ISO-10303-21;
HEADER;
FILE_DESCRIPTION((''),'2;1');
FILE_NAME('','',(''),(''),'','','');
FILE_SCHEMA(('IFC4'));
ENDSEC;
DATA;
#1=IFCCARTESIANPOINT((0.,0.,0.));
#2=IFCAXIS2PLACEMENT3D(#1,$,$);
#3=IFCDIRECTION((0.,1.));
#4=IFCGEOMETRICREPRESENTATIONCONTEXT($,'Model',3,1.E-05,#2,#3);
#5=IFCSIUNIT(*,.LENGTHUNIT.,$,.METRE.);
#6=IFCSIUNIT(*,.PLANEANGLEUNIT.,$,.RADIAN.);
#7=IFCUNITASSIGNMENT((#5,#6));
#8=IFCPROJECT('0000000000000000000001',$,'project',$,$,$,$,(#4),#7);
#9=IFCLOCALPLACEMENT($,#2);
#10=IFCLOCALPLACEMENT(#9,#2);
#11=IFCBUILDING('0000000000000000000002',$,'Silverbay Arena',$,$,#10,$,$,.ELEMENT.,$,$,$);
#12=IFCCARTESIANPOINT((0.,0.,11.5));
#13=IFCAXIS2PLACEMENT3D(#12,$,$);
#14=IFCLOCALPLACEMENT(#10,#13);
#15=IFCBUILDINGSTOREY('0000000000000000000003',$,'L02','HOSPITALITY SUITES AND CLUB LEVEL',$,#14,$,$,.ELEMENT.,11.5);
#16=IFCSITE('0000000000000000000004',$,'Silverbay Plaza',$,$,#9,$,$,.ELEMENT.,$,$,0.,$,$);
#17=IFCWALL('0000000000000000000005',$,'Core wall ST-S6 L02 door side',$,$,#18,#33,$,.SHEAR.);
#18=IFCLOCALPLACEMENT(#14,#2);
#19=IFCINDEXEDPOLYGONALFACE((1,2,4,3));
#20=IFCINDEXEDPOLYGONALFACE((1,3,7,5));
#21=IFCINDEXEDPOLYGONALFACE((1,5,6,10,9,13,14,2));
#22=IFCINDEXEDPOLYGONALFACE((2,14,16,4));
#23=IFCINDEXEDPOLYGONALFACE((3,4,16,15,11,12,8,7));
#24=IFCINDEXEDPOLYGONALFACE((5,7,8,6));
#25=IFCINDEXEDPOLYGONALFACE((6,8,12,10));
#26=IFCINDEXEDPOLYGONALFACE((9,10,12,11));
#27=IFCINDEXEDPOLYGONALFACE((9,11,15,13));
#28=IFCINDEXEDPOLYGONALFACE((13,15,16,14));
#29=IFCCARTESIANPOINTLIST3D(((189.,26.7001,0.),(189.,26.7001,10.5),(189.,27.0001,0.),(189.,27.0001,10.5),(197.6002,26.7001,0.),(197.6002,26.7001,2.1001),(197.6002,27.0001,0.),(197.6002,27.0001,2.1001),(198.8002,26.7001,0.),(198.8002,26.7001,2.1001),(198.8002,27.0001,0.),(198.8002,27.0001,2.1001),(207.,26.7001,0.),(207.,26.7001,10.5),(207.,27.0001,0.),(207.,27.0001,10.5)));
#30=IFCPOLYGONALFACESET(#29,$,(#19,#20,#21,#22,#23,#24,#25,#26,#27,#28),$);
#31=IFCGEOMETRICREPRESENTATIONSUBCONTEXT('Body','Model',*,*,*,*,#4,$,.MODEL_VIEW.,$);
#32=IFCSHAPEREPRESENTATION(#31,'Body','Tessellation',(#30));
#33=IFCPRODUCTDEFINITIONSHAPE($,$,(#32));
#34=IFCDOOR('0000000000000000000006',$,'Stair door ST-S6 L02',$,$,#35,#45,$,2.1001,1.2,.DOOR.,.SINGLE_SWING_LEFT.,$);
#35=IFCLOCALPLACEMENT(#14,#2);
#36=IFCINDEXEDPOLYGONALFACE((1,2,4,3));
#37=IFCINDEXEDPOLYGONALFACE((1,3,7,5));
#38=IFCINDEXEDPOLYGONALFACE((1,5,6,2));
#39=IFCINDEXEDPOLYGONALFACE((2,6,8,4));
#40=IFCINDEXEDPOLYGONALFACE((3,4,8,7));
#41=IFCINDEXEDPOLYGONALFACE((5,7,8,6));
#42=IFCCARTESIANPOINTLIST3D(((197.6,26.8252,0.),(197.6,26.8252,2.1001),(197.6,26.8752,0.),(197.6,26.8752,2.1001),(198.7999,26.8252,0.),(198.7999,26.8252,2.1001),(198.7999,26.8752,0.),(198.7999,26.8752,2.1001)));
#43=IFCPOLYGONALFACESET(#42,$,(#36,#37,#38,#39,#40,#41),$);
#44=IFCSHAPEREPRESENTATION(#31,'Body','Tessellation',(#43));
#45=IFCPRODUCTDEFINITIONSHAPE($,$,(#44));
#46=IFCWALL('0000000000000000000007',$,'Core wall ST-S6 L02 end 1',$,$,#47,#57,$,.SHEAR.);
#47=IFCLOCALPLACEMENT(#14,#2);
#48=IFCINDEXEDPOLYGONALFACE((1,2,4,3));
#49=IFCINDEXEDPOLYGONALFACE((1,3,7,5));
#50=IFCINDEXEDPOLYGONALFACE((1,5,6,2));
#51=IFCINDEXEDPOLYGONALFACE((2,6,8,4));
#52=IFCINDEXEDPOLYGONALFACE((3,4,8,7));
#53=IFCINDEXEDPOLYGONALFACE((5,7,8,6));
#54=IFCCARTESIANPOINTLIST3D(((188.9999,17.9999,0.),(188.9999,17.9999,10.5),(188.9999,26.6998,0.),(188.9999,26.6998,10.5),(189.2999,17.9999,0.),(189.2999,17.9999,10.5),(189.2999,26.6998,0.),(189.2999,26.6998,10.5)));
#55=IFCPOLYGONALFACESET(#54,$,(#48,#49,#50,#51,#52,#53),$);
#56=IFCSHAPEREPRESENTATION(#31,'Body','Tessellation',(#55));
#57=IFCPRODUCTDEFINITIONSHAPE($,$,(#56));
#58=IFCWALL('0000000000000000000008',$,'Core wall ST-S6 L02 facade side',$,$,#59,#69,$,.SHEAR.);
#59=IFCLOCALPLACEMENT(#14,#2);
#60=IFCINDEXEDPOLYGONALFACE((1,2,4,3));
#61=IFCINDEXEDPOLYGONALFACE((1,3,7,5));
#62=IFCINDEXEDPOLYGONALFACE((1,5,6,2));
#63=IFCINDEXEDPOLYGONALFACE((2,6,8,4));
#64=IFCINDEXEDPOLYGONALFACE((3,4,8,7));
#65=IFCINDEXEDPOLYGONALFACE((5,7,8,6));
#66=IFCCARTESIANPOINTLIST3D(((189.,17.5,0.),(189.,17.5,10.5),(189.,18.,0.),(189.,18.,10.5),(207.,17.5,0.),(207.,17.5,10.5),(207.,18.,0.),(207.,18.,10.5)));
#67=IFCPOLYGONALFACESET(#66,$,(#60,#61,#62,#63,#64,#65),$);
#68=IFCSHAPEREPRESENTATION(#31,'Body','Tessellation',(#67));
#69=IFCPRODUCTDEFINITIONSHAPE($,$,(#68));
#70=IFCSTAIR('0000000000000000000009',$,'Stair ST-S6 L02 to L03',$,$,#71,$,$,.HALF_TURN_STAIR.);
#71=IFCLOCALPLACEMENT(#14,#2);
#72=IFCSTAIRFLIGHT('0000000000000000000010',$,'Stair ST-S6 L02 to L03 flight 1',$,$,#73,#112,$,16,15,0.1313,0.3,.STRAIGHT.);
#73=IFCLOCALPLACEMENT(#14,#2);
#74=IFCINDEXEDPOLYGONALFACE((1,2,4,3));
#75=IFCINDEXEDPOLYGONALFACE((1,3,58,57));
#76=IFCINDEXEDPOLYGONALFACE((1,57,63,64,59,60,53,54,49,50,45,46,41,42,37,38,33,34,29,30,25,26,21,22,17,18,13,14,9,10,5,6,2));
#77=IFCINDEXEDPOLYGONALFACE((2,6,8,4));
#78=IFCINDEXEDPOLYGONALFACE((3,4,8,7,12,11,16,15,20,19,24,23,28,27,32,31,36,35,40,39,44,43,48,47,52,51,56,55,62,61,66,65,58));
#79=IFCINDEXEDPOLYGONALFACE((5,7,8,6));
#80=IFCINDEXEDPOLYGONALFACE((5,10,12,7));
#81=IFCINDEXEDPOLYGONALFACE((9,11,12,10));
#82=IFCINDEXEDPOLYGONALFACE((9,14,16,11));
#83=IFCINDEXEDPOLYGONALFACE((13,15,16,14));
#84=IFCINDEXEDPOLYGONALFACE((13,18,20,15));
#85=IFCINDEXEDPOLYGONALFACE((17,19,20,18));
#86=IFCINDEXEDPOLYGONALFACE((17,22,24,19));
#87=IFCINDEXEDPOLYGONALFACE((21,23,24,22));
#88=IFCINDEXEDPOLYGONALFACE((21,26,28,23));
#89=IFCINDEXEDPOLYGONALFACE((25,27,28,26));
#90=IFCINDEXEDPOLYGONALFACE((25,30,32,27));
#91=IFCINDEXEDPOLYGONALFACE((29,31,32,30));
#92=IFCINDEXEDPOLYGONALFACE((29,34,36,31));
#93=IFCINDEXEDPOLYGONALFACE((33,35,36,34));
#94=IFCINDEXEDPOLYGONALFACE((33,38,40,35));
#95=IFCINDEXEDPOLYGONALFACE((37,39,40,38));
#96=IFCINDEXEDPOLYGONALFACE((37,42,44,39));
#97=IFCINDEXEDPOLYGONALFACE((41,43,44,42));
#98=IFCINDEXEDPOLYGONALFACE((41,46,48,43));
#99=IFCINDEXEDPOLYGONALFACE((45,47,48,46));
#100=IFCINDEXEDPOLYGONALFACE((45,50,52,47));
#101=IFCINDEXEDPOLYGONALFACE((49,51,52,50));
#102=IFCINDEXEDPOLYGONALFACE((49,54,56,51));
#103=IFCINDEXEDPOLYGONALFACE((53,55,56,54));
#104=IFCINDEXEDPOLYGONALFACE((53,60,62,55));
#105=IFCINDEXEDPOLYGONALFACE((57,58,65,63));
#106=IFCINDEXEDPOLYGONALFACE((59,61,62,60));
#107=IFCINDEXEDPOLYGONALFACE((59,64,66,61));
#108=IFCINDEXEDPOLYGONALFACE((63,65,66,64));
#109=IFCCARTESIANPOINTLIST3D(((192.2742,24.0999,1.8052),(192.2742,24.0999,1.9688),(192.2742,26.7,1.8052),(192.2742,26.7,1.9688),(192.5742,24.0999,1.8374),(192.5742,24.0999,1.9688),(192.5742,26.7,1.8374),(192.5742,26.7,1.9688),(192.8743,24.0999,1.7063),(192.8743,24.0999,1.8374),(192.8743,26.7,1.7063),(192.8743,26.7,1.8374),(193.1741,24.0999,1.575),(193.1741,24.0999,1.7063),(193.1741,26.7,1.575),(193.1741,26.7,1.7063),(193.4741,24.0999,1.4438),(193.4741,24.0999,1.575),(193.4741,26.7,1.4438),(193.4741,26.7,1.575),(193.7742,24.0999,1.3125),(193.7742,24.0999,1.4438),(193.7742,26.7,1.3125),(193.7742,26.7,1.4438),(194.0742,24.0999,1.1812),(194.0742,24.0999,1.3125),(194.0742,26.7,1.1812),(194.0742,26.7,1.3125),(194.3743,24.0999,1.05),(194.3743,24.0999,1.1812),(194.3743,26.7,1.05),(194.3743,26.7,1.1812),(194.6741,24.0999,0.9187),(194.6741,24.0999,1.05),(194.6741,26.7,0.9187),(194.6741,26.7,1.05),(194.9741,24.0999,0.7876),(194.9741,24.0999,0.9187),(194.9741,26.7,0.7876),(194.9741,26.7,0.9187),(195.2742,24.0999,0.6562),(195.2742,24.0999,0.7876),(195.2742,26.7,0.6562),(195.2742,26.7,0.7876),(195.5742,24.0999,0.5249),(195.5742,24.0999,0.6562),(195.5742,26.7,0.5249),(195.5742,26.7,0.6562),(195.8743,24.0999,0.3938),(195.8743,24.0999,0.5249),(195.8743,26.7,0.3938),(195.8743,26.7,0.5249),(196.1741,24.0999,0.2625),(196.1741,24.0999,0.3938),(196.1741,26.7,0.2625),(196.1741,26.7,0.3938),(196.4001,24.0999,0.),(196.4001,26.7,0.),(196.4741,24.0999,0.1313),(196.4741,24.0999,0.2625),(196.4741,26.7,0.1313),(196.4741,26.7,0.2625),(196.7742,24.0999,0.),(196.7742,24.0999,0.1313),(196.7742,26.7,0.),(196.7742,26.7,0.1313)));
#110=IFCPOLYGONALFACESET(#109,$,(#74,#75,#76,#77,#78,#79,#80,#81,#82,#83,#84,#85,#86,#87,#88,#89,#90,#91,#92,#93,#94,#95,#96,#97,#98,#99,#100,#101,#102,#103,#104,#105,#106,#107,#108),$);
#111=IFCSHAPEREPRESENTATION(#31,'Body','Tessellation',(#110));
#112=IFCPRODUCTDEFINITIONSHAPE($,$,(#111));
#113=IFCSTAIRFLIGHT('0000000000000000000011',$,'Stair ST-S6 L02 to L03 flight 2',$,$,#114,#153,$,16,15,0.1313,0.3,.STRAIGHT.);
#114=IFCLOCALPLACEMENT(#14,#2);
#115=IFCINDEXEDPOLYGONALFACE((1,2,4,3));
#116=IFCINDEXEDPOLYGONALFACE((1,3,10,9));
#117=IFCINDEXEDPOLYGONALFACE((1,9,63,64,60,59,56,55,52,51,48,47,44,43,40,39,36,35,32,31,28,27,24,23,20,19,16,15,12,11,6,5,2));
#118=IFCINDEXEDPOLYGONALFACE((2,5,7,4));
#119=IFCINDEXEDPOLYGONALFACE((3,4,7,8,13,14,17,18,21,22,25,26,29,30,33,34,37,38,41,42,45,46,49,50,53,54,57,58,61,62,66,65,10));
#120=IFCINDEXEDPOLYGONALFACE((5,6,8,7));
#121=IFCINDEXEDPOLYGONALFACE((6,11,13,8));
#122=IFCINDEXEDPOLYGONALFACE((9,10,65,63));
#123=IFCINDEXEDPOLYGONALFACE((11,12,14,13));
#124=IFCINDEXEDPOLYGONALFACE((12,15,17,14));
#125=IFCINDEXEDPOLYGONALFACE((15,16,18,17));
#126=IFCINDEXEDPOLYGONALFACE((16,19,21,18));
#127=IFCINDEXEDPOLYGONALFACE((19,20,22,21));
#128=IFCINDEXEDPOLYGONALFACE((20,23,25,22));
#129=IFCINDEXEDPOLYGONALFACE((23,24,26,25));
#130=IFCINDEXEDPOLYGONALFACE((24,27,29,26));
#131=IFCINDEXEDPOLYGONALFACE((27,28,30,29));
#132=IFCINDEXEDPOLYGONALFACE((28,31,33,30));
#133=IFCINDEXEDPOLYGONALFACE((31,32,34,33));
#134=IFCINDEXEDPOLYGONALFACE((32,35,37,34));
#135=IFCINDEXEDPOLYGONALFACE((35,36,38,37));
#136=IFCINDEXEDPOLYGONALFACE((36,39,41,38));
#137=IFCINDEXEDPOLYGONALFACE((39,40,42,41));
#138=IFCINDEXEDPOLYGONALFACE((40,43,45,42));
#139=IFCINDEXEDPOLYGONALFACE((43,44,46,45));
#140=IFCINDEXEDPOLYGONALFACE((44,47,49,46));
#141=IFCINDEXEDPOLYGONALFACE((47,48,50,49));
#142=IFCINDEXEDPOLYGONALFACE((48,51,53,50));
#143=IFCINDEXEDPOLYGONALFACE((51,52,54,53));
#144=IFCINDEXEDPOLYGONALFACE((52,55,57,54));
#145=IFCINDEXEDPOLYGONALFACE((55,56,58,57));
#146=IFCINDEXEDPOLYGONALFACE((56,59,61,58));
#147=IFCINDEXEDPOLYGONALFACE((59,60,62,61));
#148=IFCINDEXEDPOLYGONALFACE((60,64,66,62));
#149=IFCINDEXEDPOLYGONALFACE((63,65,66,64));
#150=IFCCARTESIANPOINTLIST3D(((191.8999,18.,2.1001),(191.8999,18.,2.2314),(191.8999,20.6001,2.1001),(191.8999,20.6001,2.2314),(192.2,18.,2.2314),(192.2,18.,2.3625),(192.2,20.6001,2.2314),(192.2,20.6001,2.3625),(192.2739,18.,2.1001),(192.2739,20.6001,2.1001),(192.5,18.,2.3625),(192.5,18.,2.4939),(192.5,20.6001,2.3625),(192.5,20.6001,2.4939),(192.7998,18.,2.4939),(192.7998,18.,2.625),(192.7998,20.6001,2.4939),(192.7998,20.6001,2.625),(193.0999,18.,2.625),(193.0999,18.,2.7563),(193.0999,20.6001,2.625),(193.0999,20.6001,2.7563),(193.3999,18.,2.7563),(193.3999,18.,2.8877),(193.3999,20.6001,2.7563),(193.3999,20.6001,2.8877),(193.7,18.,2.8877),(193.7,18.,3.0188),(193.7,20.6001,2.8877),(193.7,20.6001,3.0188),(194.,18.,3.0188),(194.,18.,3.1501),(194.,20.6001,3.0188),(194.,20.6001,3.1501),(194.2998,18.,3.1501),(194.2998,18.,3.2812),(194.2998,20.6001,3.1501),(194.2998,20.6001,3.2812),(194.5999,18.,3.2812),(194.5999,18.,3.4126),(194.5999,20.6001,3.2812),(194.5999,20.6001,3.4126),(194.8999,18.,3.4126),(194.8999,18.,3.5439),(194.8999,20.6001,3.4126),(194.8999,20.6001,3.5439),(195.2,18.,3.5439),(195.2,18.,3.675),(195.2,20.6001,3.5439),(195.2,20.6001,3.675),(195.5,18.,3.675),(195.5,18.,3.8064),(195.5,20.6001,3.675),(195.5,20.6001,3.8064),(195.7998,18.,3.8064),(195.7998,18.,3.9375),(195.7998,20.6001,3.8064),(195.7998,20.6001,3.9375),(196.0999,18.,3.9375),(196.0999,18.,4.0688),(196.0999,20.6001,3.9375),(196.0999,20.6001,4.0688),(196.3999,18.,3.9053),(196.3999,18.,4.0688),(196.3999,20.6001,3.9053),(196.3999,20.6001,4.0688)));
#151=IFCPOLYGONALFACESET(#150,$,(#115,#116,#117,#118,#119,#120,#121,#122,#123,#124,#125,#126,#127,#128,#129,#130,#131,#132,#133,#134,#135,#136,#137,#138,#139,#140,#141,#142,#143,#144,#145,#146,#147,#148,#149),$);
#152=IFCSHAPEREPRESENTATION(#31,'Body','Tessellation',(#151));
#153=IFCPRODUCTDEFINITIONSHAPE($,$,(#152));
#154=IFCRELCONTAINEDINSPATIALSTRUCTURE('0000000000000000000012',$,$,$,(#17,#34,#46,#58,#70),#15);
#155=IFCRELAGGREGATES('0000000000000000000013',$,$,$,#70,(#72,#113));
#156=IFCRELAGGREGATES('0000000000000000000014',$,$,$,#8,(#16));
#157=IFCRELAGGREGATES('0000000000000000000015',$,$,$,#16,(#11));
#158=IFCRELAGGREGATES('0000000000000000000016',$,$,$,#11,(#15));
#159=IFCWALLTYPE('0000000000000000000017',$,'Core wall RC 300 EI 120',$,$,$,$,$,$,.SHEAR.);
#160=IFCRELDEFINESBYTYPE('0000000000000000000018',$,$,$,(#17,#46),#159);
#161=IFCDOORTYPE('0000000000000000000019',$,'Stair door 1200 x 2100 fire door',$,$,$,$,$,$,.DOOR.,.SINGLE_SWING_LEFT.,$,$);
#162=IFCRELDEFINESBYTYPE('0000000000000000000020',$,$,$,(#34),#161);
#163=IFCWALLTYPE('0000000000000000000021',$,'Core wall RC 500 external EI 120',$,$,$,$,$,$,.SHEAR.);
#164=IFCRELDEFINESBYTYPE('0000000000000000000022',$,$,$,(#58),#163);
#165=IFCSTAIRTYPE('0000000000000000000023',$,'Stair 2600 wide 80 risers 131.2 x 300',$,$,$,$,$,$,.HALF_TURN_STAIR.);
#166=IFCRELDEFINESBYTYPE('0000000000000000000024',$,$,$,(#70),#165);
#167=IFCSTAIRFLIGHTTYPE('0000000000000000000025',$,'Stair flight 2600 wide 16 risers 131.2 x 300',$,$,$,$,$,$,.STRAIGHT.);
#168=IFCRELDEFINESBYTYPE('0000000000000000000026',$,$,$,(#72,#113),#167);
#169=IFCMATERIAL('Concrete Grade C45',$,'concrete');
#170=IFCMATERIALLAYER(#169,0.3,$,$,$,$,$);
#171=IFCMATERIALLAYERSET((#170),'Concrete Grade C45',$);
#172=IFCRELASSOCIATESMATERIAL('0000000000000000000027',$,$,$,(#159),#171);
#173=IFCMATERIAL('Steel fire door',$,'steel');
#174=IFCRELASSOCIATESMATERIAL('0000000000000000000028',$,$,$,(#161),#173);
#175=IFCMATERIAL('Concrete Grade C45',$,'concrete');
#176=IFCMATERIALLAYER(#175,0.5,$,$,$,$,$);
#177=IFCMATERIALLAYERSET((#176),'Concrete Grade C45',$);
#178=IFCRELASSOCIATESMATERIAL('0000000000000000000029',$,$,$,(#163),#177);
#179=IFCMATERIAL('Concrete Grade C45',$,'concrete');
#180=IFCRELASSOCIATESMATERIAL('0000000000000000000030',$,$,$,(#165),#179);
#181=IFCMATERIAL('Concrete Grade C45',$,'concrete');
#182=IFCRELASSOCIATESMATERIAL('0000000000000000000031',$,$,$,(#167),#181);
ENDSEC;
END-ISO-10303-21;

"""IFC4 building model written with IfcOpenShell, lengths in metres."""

from ifc_helpers import new_model, si_unit, direction, frame, frame_2d, origin, place, context, subcontext, project, spatial, polyline, rectangle, outline, extrude, material, layer, layer_set, type_object, element, fill, aggregate, save


model = new_model("IFC4")

# Units and contexts
model_context = context("Model", 3, precision=1e-05, world=origin(), true_north=direction((0.0, 1.0)))
body_context = subcontext(model_context, "Body", "Model", "MODEL_VIEW")
ifc_project = project(units=[si_unit("LENGTHUNIT", "METRE"), si_unit("PLANEANGLEUNIT", "RADIAN")], contexts=[model_context])

# Site, building, storey
site_placement = place(None, origin())
site = spatial("IfcSite", under=ifc_project, at=site_placement, Name="Silverbay Plaza", CompositionType="ELEMENT", RefElevation=0.0)
building_placement = place(site_placement, origin())
building = spatial("IfcBuilding", under=site, at=building_placement, Name="Silverbay Arena", CompositionType="ELEMENT")
storey_placement = place(building_placement, frame((0.0, 0.0, 11.5)))
storey = spatial("IfcBuildingStorey", under=building, at=storey_placement, Name="L02", Description="HOSPITALITY SUITES AND CLUB LEVEL", CompositionType="ELEMENT", Elevation=11.5)

# Wall, opening, door
ifc_material_1 = material(Name="Concrete Grade C45", Category="concrete")
ifc_layer_1 = layer(ifc_material_1, 0.3)
ifc_layer_set_1 = layer_set([ifc_layer_1], Name="Concrete Grade C45")
wall_type_1 = type_object("IfcWallType", Name="Core wall RC 300 EI 120", PredefinedType="SHEAR", material=ifc_layer_set_1)
wall_1_placement = place(storey_placement, frame((189.0, 26.8501, 0.0), z_axis=(0.0, 0.0, 1.0), x_axis=(1.0, 0.0, 0.0)))
wall_1 = element("IfcWall", 1, at=wall_1_placement, inside=storey, type_object=wall_type_1, Name="Core wall ST-S6 L02 door side", PredefinedType="SHEAR", context=body_context, shape_type="SweptSolid", body=[
    extrude(rectangle(XDim=18.0, YDim=0.3, at=frame_2d((9.0, 0.0))), origin(), (0.0, 0.0, 1.0), 10.5),
])
opening_placement = place(wall_1_placement, frame((8.6001, 0.0, 0.0)))
opening = element("IfcOpeningElement", 2, at=opening_placement, cuts=wall_1, PredefinedType="OPENING", context=body_context, shape_type="SweptSolid", body=[
    extrude(rectangle(XDim=1.2, YDim=2.1001, at=frame_2d((0.6001, 1.05))), frame((0.0, 0.1602, 0.0), z_axis=(0.0, -1.0, 0.0), x_axis=(1.0, 0.0, 0.0)), (0.0, 0.0, 1.0), 0.3201),
])
ifc_material_2 = material(Name="Steel fire door", Category="steel")
door_type = type_object("IfcDoorType", Name="Stair door 1200 x 2100 fire door", OperationType="SINGLE_SWING_LEFT", PredefinedType="DOOR", material=ifc_material_2)
door_placement = place(opening_placement, frame((1.2, 0.0, 0.0), z_axis=(0.0, 0.0, 1.0), x_axis=(-1.0, 0.0, 0.0)))
door = element("IfcDoor", 3, at=door_placement, inside=storey, type_object=door_type, Name="Stair door ST-S6 L02", OperationType="SINGLE_SWING_LEFT", OverallHeight=2.1001, OverallWidth=1.2, PredefinedType="DOOR", context=body_context, shape_type="SweptSolid", body=[
    extrude(rectangle(XDim=1.2, YDim=2.1001, at=frame_2d((0.6001, 1.05))), frame((0.0, 0.0249, 0.0), z_axis=(0.0, -1.0, 0.0), x_axis=(1.0, 0.0, 0.0)), (0.0, 0.0, 1.0), 0.05),
])
fill(opening, door)

# Walls
wall_2_placement = place(storey_placement, frame((189.1499, 26.7, 0.0), z_axis=(0.0, 0.0, 1.0), x_axis=(0.0, -1.0, 0.0)))
element("IfcWall", 4, at=wall_2_placement, inside=storey, type_object=wall_type_1, Name="Core wall ST-S6 L02 end 1", PredefinedType="SHEAR", context=body_context, shape_type="SweptSolid", body=[
    extrude(rectangle(XDim=8.7, YDim=0.3, at=frame_2d((4.3501, 0.0))), origin(), (0.0, 0.0, 1.0), 10.5),
])
ifc_material_3 = material(Name="Concrete Grade C45", Category="concrete")
ifc_layer_2 = layer(ifc_material_3, 0.5)
ifc_layer_set_2 = layer_set([ifc_layer_2], Name="Concrete Grade C45")
wall_type_2 = type_object("IfcWallType", Name="Core wall RC 500 external EI 120", PredefinedType="SHEAR", material=ifc_layer_set_2)
wall_3_placement = place(storey_placement, frame((189.0, 17.75, 0.0), z_axis=(0.0, 0.0, 1.0), x_axis=(1.0, 0.0, 0.0)))
element("IfcWall", 5, at=wall_3_placement, inside=storey, type_object=wall_type_2, Name="Core wall ST-S6 L02 facade side", PredefinedType="SHEAR", context=body_context, shape_type="SweptSolid", body=[
    extrude(rectangle(XDim=18.0, YDim=0.5, at=frame_2d((9.0, 0.0))), origin(), (0.0, 0.0, 1.0), 10.5),
])

# Stair, stair flights
ifc_material_4 = material(Name="Concrete Grade C45", Category="concrete")
stair_type = type_object("IfcStairType", Name="Stair 2600 wide 80 risers 131.2 x 300", PredefinedType="HALF_TURN_STAIR", material=ifc_material_4)
stair_placement = place(storey_placement, origin())
stair = element("IfcStair", 6, at=stair_placement, inside=storey, type_object=stair_type, Name="Stair ST-S6 L02 to L03", PredefinedType="HALF_TURN_STAIR")
ifc_material_5 = material(Name="Concrete Grade C45", Category="concrete")
stair_flight_type = type_object("IfcStairFlightType", Name="Stair flight 2600 wide 16 risers 131.2 x 300", PredefinedType="STRAIGHT", material=ifc_material_5)
stair_flight_1_placement = place(storey_placement, frame((196.7742, 25.3999, 0.0), z_axis=(0.0, 0.0, 1.0), x_axis=(-1.0, 0.0, 0.0)))
stair_flight_1 = element("IfcStairFlight", 7, at=stair_flight_1_placement, type_object=stair_flight_type, Name="Stair ST-S6 L02 to L03 flight 1", NumberOfRisers=16, NumberOfTreads=15, PredefinedType="STRAIGHT", RiserHeight=0.1313, TreadLength=0.3, context=body_context, shape_type="SweptSolid", body=[
    extrude(outline(polyline([(0.0, 0.0), (0.0, 0.1313), (0.3, 0.1313), (0.3, 0.2625), (0.6001, 0.2625), (0.6001, 0.3938), (0.8999, 0.3938), (0.8999, 0.5249), (1.2, 0.5249), (1.2, 0.6562), (1.5, 0.6562), (1.5, 0.7876), (1.8, 0.7876), (1.8, 0.9187), (2.1001, 0.9187), (2.1001, 1.05), (2.3999, 1.05), (2.3999, 1.1812), (2.7, 1.1812), (2.7, 1.3125), (3.0, 1.3125), (3.0, 1.4438), (3.3, 1.4438), (3.3, 1.575), (3.6001, 1.575), (3.6001, 1.7063), (3.8999, 1.7063), (3.8999, 1.8374), (4.2, 1.8374), (4.2, 1.9688), (4.5, 1.9688), (4.5, 1.8052), (0.374, 0.0), (0.0, 0.0)])), frame((0.0, 1.3, 0.0), z_axis=(0.0, -1.0, 0.0), x_axis=(1.0, 0.0, 0.0)), (0.0, 0.0, 1.0), 2.6001),
])
stair_flight_2_placement = place(storey_placement, frame((191.8999, 19.3, 2.1001), z_axis=(0.0, 0.0, 1.0), x_axis=(1.0, 0.0, 0.0)))
stair_flight_2 = element("IfcStairFlight", 8, at=stair_flight_2_placement, type_object=stair_flight_type, Name="Stair ST-S6 L02 to L03 flight 2", NumberOfRisers=16, NumberOfTreads=15, PredefinedType="STRAIGHT", RiserHeight=0.1313, TreadLength=0.3, context=body_context, shape_type="SweptSolid", body=[
    extrude(outline(polyline([(0.0, 0.0), (0.0, 0.1313), (0.3, 0.1313), (0.3, 0.2625), (0.6001, 0.2625), (0.6001, 0.3938), (0.8999, 0.3938), (0.8999, 0.5249), (1.2, 0.5249), (1.2, 0.6562), (1.5, 0.6562), (1.5, 0.7876), (1.8, 0.7876), (1.8, 0.9187), (2.1001, 0.9187), (2.1001, 1.05), (2.3999, 1.05), (2.3999, 1.1812), (2.7, 1.1812), (2.7, 1.3125), (3.0, 1.3125), (3.0, 1.4438), (3.3, 1.4438), (3.3, 1.575), (3.6001, 1.575), (3.6001, 1.7063), (3.8999, 1.7063), (3.8999, 1.8374), (4.2, 1.8374), (4.2, 1.9688), (4.5, 1.9688), (4.5, 1.8052), (0.374, 0.0), (0.0, 0.0)])), frame((0.0, 1.3, 0.0), z_axis=(0.0, -1.0, 0.0), x_axis=(1.0, 0.0, 0.0)), (0.0, 0.0, 1.0), 2.6001),
])
aggregate(stair, [stair_flight_1, stair_flight_2])

save(model, "model.ifc")
